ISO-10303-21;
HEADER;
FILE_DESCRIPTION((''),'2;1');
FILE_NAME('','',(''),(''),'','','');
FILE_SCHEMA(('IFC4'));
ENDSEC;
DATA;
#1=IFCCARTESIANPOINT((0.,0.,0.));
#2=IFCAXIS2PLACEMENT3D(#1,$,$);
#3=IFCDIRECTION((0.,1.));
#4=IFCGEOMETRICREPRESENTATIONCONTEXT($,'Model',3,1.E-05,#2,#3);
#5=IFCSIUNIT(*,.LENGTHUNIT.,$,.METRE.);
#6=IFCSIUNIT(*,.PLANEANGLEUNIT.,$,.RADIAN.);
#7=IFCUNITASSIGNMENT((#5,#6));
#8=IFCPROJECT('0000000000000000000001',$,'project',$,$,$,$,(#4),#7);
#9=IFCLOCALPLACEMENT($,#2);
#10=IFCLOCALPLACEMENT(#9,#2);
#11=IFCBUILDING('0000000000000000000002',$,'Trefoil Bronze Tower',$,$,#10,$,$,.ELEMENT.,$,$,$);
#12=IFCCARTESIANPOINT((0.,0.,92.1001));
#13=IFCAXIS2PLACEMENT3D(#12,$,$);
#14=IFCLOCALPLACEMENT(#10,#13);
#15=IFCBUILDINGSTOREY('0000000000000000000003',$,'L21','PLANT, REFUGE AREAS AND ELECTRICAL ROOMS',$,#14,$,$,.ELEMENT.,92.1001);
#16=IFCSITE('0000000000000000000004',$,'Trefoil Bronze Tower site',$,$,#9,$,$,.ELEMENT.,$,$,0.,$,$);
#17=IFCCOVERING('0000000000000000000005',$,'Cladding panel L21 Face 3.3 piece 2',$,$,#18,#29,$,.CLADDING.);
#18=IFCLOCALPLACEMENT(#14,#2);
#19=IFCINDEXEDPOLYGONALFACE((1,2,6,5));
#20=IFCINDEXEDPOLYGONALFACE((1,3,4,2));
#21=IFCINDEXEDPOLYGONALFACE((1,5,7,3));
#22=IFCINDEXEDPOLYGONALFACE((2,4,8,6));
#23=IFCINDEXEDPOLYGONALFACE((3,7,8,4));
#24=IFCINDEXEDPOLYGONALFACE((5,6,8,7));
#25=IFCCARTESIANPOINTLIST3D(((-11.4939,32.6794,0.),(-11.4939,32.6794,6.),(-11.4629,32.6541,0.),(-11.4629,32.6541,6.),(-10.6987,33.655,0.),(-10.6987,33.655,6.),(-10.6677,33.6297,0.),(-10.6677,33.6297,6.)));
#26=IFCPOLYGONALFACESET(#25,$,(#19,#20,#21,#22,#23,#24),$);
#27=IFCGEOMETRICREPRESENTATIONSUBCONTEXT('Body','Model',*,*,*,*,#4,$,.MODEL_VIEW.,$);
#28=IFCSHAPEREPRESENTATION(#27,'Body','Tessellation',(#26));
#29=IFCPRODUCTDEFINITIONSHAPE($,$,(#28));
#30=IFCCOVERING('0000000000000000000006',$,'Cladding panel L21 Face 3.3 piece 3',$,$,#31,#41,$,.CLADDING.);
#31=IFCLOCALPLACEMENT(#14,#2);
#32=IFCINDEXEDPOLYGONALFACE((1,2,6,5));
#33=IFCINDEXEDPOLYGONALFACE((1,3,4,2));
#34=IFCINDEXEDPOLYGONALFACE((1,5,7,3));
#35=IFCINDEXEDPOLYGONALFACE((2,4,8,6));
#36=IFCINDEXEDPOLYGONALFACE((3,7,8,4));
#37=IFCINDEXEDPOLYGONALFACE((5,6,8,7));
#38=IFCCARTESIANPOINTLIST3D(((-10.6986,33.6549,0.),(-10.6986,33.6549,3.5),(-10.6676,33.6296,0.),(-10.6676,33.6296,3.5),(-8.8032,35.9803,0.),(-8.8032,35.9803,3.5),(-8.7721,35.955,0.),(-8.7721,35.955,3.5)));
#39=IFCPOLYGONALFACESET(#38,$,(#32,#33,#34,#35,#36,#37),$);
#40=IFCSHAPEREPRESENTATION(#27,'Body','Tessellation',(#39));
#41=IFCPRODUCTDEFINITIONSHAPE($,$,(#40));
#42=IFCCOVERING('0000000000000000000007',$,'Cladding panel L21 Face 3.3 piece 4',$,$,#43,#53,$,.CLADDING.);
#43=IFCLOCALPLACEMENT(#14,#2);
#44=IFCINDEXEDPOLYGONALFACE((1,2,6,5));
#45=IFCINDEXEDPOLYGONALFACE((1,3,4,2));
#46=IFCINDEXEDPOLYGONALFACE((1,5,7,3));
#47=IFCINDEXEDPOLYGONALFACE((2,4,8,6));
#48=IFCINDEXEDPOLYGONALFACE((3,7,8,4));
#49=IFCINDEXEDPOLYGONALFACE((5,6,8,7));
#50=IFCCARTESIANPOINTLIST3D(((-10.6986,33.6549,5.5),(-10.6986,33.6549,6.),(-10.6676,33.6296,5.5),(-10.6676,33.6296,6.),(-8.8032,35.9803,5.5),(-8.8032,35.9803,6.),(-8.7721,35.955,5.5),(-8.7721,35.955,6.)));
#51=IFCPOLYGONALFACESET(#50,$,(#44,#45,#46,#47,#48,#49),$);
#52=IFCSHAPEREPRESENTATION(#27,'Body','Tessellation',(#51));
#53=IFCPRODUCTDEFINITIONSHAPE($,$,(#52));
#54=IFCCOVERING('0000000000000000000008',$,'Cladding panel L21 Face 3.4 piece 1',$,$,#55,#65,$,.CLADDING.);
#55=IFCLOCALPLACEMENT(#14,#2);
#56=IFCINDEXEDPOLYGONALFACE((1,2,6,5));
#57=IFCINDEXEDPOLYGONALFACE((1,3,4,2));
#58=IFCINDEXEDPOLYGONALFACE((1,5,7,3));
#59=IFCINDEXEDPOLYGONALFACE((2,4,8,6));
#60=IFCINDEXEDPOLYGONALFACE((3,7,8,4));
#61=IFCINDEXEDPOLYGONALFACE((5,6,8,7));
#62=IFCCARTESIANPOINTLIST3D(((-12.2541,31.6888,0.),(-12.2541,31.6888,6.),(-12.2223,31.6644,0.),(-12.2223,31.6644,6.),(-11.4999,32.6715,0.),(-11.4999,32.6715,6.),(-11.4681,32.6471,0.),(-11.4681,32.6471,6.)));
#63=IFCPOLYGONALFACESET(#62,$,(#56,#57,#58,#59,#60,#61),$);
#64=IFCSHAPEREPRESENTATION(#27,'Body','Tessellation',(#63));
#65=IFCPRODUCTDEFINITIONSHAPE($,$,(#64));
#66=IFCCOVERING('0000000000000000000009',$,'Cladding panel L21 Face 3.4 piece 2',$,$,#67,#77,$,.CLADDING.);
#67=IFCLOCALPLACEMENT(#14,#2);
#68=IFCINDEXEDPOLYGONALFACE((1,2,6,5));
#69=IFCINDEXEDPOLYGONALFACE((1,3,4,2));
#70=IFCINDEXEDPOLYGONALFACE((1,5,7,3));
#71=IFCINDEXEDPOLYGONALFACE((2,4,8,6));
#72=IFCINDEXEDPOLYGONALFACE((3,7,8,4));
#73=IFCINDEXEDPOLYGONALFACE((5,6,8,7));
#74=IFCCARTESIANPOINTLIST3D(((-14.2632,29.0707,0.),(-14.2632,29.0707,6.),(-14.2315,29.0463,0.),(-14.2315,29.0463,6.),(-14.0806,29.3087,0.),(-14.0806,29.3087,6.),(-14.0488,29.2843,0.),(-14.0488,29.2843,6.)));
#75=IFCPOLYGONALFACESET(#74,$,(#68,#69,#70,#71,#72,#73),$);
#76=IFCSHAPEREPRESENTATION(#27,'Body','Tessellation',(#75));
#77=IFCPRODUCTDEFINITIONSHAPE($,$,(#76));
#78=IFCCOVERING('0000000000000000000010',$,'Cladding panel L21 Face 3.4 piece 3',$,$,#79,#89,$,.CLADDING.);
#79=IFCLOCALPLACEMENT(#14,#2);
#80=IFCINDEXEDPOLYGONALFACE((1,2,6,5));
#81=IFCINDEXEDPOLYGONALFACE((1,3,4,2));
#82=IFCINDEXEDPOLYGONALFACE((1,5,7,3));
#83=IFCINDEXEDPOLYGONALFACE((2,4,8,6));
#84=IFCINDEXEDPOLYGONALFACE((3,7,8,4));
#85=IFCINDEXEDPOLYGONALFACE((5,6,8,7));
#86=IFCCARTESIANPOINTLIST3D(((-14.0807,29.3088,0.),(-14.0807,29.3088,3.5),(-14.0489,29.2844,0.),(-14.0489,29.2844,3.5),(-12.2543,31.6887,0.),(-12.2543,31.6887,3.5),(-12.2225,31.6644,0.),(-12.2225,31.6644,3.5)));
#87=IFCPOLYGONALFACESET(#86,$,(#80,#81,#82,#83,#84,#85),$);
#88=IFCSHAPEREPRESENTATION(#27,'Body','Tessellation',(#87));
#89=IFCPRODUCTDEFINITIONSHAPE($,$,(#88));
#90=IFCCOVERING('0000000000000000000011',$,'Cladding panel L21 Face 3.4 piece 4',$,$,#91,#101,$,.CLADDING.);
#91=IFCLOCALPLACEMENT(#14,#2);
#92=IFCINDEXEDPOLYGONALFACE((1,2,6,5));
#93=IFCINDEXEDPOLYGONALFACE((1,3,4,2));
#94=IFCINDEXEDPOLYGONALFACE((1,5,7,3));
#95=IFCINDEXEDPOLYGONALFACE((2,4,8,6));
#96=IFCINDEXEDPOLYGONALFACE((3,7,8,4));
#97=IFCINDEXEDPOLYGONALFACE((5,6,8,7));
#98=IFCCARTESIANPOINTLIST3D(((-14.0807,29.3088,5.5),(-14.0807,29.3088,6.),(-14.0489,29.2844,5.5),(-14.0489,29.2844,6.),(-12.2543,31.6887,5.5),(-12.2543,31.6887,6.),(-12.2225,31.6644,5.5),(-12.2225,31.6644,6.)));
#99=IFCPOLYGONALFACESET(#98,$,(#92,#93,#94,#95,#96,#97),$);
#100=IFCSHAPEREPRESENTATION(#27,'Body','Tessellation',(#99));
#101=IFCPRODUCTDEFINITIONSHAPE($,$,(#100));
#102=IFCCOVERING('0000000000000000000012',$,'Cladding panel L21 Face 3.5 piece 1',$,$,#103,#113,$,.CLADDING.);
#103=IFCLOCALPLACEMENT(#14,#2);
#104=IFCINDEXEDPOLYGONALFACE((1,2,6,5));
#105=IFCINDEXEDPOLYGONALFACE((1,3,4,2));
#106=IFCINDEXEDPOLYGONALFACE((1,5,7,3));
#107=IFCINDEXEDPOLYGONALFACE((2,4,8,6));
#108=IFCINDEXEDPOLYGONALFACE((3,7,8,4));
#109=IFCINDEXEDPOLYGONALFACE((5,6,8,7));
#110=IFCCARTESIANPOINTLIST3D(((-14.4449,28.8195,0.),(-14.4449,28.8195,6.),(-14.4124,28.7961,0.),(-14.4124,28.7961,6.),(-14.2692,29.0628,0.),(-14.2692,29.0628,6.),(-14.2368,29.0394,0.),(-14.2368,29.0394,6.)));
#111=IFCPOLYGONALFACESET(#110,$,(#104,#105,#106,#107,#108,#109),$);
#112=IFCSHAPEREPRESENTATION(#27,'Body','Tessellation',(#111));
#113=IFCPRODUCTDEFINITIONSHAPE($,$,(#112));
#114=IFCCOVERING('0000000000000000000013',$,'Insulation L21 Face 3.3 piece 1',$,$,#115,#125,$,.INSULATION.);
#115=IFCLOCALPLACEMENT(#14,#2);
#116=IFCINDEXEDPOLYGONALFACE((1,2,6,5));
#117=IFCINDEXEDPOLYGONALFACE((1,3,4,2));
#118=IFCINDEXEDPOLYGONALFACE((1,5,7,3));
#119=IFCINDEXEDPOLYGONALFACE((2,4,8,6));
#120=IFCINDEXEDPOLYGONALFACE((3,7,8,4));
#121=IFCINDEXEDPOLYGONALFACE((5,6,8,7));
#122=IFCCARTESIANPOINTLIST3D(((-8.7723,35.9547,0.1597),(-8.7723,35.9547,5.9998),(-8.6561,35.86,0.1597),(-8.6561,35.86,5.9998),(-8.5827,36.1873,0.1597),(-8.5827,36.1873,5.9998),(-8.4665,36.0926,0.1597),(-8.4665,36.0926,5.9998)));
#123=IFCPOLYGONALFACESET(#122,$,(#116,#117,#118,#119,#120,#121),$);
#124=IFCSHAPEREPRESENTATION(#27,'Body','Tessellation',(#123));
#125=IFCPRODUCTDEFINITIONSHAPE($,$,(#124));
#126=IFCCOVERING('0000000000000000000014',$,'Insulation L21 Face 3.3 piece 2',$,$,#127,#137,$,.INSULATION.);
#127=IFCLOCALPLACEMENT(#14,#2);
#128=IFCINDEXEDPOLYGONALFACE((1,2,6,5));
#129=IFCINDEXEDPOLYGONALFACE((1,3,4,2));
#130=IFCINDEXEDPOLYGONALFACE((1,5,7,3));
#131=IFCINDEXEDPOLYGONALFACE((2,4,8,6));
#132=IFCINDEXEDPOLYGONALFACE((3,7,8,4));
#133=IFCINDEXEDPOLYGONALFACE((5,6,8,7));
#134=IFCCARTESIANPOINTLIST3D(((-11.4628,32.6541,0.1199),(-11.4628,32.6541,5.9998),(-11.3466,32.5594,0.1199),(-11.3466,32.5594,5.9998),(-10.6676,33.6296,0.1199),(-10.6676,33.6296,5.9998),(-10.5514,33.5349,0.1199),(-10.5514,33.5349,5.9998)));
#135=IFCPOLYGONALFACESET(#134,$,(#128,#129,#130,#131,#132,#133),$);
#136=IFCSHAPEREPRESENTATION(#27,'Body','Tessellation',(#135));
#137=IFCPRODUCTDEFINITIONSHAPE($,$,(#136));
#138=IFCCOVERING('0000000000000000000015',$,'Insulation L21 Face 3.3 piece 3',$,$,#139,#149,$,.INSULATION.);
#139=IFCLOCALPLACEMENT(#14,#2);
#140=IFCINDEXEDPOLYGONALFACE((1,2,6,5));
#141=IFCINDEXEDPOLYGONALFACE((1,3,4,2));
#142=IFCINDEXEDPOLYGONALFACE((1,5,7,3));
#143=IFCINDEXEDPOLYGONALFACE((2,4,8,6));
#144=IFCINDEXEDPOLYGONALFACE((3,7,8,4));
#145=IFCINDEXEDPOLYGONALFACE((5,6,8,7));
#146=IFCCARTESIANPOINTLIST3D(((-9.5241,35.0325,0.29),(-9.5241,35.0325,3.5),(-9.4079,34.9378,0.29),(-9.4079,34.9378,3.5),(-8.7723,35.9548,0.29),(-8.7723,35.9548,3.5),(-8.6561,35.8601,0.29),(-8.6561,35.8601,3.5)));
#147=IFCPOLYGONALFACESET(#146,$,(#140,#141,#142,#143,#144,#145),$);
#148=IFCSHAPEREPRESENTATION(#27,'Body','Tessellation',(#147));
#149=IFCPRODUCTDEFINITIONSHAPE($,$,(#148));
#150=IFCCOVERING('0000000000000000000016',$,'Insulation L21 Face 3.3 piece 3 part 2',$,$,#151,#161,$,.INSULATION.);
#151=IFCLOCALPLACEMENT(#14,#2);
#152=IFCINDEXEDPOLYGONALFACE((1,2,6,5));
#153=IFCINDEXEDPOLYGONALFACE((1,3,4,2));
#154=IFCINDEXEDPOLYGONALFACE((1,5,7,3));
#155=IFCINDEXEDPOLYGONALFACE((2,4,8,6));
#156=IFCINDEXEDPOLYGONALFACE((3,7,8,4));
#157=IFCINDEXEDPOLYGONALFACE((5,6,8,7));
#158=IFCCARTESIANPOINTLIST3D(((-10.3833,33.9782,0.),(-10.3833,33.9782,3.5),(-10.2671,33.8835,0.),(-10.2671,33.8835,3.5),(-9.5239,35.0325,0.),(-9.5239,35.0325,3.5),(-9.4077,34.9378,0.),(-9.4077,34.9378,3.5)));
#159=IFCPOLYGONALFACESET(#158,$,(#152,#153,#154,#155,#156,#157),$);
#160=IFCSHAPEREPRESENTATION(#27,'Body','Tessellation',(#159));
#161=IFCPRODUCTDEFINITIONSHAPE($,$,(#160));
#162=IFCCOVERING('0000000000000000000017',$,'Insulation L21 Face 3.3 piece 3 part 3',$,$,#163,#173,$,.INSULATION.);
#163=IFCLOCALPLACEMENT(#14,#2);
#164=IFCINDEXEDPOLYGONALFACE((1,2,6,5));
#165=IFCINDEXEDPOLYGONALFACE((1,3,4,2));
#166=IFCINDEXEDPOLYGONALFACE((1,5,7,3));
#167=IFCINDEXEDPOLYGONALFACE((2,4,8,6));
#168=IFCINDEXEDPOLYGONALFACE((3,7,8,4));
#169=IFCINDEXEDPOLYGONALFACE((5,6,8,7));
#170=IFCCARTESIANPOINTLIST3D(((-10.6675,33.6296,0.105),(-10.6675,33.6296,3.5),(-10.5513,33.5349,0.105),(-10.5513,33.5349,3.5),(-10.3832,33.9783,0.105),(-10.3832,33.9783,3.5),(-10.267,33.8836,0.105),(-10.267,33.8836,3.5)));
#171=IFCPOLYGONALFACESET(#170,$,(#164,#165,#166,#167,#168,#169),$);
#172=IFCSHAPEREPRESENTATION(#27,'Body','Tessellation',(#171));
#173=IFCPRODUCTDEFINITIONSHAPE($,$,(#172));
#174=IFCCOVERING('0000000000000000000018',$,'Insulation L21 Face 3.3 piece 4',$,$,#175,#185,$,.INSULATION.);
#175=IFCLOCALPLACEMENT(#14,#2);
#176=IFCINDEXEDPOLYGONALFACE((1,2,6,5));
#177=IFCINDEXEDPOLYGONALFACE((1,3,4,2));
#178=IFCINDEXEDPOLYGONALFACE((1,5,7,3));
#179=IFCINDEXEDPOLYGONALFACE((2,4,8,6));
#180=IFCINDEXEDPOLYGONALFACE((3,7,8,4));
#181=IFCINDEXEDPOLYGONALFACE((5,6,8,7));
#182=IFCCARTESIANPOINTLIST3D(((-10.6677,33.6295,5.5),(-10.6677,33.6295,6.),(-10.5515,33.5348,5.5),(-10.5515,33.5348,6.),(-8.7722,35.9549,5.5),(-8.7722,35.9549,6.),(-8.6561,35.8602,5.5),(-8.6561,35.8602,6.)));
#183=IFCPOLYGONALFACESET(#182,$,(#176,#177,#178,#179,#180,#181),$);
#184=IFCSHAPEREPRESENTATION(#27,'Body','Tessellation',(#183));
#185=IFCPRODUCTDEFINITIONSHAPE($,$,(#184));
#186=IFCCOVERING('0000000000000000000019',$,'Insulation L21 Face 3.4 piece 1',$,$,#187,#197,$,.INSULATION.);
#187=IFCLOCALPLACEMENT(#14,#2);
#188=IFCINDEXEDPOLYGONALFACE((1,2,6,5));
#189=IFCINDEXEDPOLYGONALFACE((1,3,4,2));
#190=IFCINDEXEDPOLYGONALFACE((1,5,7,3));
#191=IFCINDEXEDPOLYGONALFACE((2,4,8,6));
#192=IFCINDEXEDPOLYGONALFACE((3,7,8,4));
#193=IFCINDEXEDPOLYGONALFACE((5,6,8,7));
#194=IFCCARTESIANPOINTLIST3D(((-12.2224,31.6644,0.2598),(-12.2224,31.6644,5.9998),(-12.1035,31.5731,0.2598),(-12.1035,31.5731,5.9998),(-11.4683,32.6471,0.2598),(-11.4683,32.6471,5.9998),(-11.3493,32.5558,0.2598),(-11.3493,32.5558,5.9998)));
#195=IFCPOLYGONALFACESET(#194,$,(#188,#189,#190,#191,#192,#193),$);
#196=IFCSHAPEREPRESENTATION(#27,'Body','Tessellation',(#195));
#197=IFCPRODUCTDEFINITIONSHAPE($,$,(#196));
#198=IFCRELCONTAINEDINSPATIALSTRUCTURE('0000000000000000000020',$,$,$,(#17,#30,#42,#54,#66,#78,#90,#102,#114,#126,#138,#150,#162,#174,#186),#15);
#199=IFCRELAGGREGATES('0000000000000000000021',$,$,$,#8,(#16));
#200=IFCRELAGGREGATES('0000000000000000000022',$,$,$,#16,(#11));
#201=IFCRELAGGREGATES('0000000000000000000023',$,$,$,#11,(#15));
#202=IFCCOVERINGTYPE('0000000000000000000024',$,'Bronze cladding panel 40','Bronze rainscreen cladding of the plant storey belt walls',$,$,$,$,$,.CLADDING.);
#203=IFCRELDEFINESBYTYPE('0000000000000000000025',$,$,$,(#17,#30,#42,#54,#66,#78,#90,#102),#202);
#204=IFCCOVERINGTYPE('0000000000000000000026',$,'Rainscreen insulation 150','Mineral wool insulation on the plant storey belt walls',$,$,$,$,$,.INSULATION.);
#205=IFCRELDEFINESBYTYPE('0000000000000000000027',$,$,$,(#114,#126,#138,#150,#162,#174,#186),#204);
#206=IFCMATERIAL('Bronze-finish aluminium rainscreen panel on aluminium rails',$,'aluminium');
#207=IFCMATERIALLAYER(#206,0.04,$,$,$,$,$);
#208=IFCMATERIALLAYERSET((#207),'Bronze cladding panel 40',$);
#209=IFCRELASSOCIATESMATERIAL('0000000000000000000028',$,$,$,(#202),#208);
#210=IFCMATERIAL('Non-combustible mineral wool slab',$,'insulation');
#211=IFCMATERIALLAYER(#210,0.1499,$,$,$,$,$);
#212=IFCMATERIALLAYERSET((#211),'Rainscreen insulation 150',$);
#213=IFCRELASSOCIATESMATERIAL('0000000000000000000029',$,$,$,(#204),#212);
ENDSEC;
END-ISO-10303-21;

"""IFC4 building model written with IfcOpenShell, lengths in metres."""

from ifc_helpers import new_model, si_unit, direction, frame, origin, origin_2d, place, context, subcontext, project, spatial, rectangle, extrude, material, layer, layer_set, type_object, element, save


model = new_model("IFC4")

# Units and contexts
model_context = context("Model", 3, precision=1e-05, world=origin(), true_north=direction((0.0, 1.0)))
body_context = subcontext(model_context, "Body", "Model", "MODEL_VIEW")
ifc_project = project(units=[si_unit("LENGTHUNIT", "METRE"), si_unit("PLANEANGLEUNIT", "RADIAN")], contexts=[model_context])

# Site, building, storey
site_placement = place(None, origin())
site = spatial("IfcSite", under=ifc_project, at=site_placement, Name="Trefoil Bronze Tower site", CompositionType="ELEMENT", RefElevation=0.0)
building_placement = place(site_placement, origin())
building = spatial("IfcBuilding", under=site, at=building_placement, Name="Trefoil Bronze Tower", CompositionType="ELEMENT")
storey_placement = place(building_placement, frame((0.0, 0.0, 92.1001)))
storey = spatial("IfcBuildingStorey", under=building, at=storey_placement, Name="L21", Description="PLANT, REFUGE AREAS AND ELECTRICAL ROOMS", CompositionType="ELEMENT", Elevation=92.1001)

# Coverings
ifc_material_1 = material(Name="Bronze-finish aluminium rainscreen panel on aluminium rails", Category="aluminium")
ifc_layer_1 = layer(ifc_material_1, 0.04)
ifc_layer_set_1 = layer_set([ifc_layer_1], Name="Bronze cladding panel 40")
covering_type_1 = type_object("IfcCoveringType", Name="Bronze cladding panel 40", Description="Bronze rainscreen cladding of the plant storey belt walls", PredefinedType="CLADDING", material=ifc_layer_set_1)
covering_1_placement = place(storey_placement, frame((-11.0808, 33.1545, 0.0), z_axis=(0.0, 0.0, 1.0), x_axis=(-0.631811, -0.775123, 0.0)))
element("IfcCovering", 1, at=covering_1_placement, inside=storey, type_object=covering_type_1, Name="Cladding panel L21 Face 3.3 piece 2", PredefinedType="CLADDING", context=body_context, shape_type="SweptSolid", body=[
    extrude(rectangle(XDim=1.2585, YDim=0.04, at=origin_2d()), origin(), (0.0, 0.0, 1.0), 6.0),
])
covering_2_placement = place(storey_placement, frame((-9.7354, 34.8049, 0.0), z_axis=(0.0, 0.0, 1.0), x_axis=(-0.631811, -0.775123, 0.0)))
element("IfcCovering", 2, at=covering_2_placement, inside=storey, type_object=covering_type_1, Name="Cladding panel L21 Face 3.3 piece 3", PredefinedType="CLADDING", context=body_context, shape_type="SweptSolid", body=[
    extrude(rectangle(XDim=3.0, YDim=0.04, at=origin_2d()), origin(), (0.0, 0.0, 1.0), 3.5),
])
covering_3_placement = place(storey_placement, frame((-9.7354, 34.8049, 5.5), z_axis=(0.0, 0.0, 1.0), x_axis=(-0.631811, -0.775123, 0.0)))
element("IfcCovering", 3, at=covering_3_placement, inside=storey, type_object=covering_type_1, Name="Cladding panel L21 Face 3.3 piece 4", PredefinedType="CLADDING", context=body_context, shape_type="SweptSolid", body=[
    extrude(rectangle(XDim=3.0, YDim=0.04, at=origin_2d()), origin(), (0.0, 0.0, 1.0), 0.5),
])
covering_4_placement = place(storey_placement, frame((-11.8611, 32.168, 0.0), z_axis=(0.0, 0.0, 1.0), x_axis=(-0.608808, -0.793318, 0.0)))
element("IfcCovering", 4, at=covering_4_placement, inside=storey, type_object=covering_type_1, Name="Cladding panel L21 Face 3.4 piece 1", PredefinedType="CLADDING", context=body_context, shape_type="SweptSolid", body=[
    extrude(rectangle(XDim=1.2388, YDim=0.04, at=origin_2d()), origin(), (0.0, 0.0, 1.0), 6.0),
])
covering_5_placement = place(storey_placement, frame((-14.156, 29.1775, 0.0), z_axis=(0.0, 0.0, 1.0), x_axis=(-0.608808, -0.793318, 0.0)))
element("IfcCovering", 5, at=covering_5_placement, inside=storey, type_object=covering_type_1, Name="Cladding panel L21 Face 3.4 piece 2", PredefinedType="CLADDING", context=body_context, shape_type="SweptSolid", body=[
    extrude(rectangle(XDim=0.3, YDim=0.04, at=origin_2d()), origin(), (0.0, 0.0, 1.0), 6.0),
])
covering_6_placement = place(storey_placement, frame((-13.1516, 30.4866, 0.0), z_axis=(0.0, 0.0, 1.0), x_axis=(-0.608808, -0.793318, 0.0)))
element("IfcCovering", 6, at=covering_6_placement, inside=storey, type_object=covering_type_1, Name="Cladding panel L21 Face 3.4 piece 3", PredefinedType="CLADDING", context=body_context, shape_type="SweptSolid", body=[
    extrude(rectangle(XDim=3.0, YDim=0.04, at=origin_2d()), origin(), (0.0, 0.0, 1.0), 3.5),
])
covering_7_placement = place(storey_placement, frame((-13.1516, 30.4866, 5.5), z_axis=(0.0, 0.0, 1.0), x_axis=(-0.608808, -0.793318, 0.0)))
element("IfcCovering", 7, at=covering_7_placement, inside=storey, type_object=covering_type_1, Name="Cladding panel L21 Face 3.4 piece 4", PredefinedType="CLADDING", context=body_context, shape_type="SweptSolid", body=[
    extrude(rectangle(XDim=3.0, YDim=0.04, at=origin_2d()), origin(), (0.0, 0.0, 1.0), 0.5),
])
covering_8_placement = place(storey_placement, frame((-14.3408, 28.9294, 0.0), z_axis=(0.0, 0.0, 1.0), x_axis=(-0.585373, -0.810764, 0.0)))
element("IfcCovering", 8, at=covering_8_placement, inside=storey, type_object=covering_type_1, Name="Cladding panel L21 Face 3.5 piece 1", PredefinedType="CLADDING", context=body_context, shape_type="SweptSolid", body=[
    extrude(rectangle(XDim=0.3, YDim=0.04, at=origin_2d()), origin(), (0.0, 0.0, 1.0), 6.0),
])
ifc_material_2 = material(Name="Non-combustible mineral wool slab", Category="insulation")
ifc_layer_2 = layer(ifc_material_2, 0.1499)
ifc_layer_set_2 = layer_set([ifc_layer_2], Name="Rainscreen insulation 150")
covering_type_2 = type_object("IfcCoveringType", Name="Rainscreen insulation 150", Description="Mineral wool insulation on the plant storey belt walls", PredefinedType="INSULATION", material=ifc_layer_set_2)
covering_9_placement = place(storey_placement, frame((-8.6194, 36.0237, 0.1597), z_axis=(0.0, 0.0, 1.0), x_axis=(-0.631811, -0.775123, 0.0)))
element("IfcCovering", 9, at=covering_9_placement, inside=storey, type_object=covering_type_2, Name="Insulation L21 Face 3.3 piece 1", PredefinedType="INSULATION", context=body_context, shape_type="SweptSolid", body=[
    extrude(rectangle(XDim=0.3, YDim=0.1499, at=origin_2d()), origin(), (0.0, 0.0, 1.0), 5.8401),
])
covering_10_placement = place(storey_placement, frame((-11.0071, 33.0945, 0.1199), z_axis=(0.0, 0.0, 1.0), x_axis=(-0.631811, -0.775123, 0.0)))
element("IfcCovering", 10, at=covering_10_placement, inside=storey, type_object=covering_type_2, Name="Insulation L21 Face 3.3 piece 2", PredefinedType="INSULATION", context=body_context, shape_type="SweptSolid", body=[
    extrude(rectangle(XDim=1.2585, YDim=0.1499, at=origin_2d()), origin(), (0.0, 0.0, 1.0), 5.8799),
])
covering_11_placement = place(storey_placement, frame((-9.0901, 35.4463, 0.29), z_axis=(0.0, 0.0, 1.0), x_axis=(-0.631811, -0.775123, 0.0)))
element("IfcCovering", 11, at=covering_11_placement, inside=storey, type_object=covering_type_2, Name="Insulation L21 Face 3.3 piece 3", PredefinedType="INSULATION", context=body_context, shape_type="SweptSolid", body=[
    extrude(rectangle(XDim=1.1899, YDim=0.1499, at=origin_2d()), origin(), (0.0, 0.0, 1.0), 3.21),
])
covering_12_placement = place(storey_placement, frame((-9.8955, 34.458, 0.0), z_axis=(0.0, 0.0, 1.0), x_axis=(-0.631811, -0.775123, 0.0)))
element("IfcCovering", 12, at=covering_12_placement, inside=storey, type_object=covering_type_2, Name="Insulation L21 Face 3.3 piece 3 part 2", PredefinedType="INSULATION", context=body_context, shape_type="SweptSolid", body=[
    extrude(rectangle(XDim=1.3601, YDim=0.1499, at=origin_2d()), origin(), (0.0, 0.0, 1.0), 3.5),
])
covering_13_placement = place(storey_placement, frame((-10.4673, 33.7566, 0.105), z_axis=(0.0, 0.0, 1.0), x_axis=(-0.631811, -0.775123, 0.0)))
element("IfcCovering", 13, at=covering_13_placement, inside=storey, type_object=covering_type_2, Name="Insulation L21 Face 3.3 piece 3 part 3", PredefinedType="INSULATION", context=body_context, shape_type="SweptSolid", body=[
    extrude(rectangle(XDim=0.45, YDim=0.1499, at=origin_2d()), origin(), (0.0, 0.0, 1.0), 3.395),
])
covering_14_placement = place(storey_placement, frame((-9.6619, 34.7449, 5.5), z_axis=(0.0, 0.0, 1.0), x_axis=(-0.631811, -0.775123, 0.0)))
element("IfcCovering", 14, at=covering_14_placement, inside=storey, type_object=covering_type_2, Name="Insulation L21 Face 3.3 piece 4", PredefinedType="INSULATION", context=body_context, shape_type="SweptSolid", body=[
    extrude(rectangle(XDim=3.0, YDim=0.1499, at=origin_2d()), origin(), (0.0, 0.0, 1.0), 0.5),
])
covering_15_placement = place(storey_placement, frame((-11.7859, 32.1101, 0.2598), z_axis=(0.0, 0.0, 1.0), x_axis=(-0.608808, -0.793318, 0.0)))
element("IfcCovering", 15, at=covering_15_placement, inside=storey, type_object=covering_type_2, Name="Insulation L21 Face 3.4 piece 1", PredefinedType="INSULATION", context=body_context, shape_type="SweptSolid", body=[
    extrude(rectangle(XDim=1.2388, YDim=0.1499, at=origin_2d()), origin(), (0.0, 0.0, 1.0), 5.74),
])

save(model, "model.ifc")
